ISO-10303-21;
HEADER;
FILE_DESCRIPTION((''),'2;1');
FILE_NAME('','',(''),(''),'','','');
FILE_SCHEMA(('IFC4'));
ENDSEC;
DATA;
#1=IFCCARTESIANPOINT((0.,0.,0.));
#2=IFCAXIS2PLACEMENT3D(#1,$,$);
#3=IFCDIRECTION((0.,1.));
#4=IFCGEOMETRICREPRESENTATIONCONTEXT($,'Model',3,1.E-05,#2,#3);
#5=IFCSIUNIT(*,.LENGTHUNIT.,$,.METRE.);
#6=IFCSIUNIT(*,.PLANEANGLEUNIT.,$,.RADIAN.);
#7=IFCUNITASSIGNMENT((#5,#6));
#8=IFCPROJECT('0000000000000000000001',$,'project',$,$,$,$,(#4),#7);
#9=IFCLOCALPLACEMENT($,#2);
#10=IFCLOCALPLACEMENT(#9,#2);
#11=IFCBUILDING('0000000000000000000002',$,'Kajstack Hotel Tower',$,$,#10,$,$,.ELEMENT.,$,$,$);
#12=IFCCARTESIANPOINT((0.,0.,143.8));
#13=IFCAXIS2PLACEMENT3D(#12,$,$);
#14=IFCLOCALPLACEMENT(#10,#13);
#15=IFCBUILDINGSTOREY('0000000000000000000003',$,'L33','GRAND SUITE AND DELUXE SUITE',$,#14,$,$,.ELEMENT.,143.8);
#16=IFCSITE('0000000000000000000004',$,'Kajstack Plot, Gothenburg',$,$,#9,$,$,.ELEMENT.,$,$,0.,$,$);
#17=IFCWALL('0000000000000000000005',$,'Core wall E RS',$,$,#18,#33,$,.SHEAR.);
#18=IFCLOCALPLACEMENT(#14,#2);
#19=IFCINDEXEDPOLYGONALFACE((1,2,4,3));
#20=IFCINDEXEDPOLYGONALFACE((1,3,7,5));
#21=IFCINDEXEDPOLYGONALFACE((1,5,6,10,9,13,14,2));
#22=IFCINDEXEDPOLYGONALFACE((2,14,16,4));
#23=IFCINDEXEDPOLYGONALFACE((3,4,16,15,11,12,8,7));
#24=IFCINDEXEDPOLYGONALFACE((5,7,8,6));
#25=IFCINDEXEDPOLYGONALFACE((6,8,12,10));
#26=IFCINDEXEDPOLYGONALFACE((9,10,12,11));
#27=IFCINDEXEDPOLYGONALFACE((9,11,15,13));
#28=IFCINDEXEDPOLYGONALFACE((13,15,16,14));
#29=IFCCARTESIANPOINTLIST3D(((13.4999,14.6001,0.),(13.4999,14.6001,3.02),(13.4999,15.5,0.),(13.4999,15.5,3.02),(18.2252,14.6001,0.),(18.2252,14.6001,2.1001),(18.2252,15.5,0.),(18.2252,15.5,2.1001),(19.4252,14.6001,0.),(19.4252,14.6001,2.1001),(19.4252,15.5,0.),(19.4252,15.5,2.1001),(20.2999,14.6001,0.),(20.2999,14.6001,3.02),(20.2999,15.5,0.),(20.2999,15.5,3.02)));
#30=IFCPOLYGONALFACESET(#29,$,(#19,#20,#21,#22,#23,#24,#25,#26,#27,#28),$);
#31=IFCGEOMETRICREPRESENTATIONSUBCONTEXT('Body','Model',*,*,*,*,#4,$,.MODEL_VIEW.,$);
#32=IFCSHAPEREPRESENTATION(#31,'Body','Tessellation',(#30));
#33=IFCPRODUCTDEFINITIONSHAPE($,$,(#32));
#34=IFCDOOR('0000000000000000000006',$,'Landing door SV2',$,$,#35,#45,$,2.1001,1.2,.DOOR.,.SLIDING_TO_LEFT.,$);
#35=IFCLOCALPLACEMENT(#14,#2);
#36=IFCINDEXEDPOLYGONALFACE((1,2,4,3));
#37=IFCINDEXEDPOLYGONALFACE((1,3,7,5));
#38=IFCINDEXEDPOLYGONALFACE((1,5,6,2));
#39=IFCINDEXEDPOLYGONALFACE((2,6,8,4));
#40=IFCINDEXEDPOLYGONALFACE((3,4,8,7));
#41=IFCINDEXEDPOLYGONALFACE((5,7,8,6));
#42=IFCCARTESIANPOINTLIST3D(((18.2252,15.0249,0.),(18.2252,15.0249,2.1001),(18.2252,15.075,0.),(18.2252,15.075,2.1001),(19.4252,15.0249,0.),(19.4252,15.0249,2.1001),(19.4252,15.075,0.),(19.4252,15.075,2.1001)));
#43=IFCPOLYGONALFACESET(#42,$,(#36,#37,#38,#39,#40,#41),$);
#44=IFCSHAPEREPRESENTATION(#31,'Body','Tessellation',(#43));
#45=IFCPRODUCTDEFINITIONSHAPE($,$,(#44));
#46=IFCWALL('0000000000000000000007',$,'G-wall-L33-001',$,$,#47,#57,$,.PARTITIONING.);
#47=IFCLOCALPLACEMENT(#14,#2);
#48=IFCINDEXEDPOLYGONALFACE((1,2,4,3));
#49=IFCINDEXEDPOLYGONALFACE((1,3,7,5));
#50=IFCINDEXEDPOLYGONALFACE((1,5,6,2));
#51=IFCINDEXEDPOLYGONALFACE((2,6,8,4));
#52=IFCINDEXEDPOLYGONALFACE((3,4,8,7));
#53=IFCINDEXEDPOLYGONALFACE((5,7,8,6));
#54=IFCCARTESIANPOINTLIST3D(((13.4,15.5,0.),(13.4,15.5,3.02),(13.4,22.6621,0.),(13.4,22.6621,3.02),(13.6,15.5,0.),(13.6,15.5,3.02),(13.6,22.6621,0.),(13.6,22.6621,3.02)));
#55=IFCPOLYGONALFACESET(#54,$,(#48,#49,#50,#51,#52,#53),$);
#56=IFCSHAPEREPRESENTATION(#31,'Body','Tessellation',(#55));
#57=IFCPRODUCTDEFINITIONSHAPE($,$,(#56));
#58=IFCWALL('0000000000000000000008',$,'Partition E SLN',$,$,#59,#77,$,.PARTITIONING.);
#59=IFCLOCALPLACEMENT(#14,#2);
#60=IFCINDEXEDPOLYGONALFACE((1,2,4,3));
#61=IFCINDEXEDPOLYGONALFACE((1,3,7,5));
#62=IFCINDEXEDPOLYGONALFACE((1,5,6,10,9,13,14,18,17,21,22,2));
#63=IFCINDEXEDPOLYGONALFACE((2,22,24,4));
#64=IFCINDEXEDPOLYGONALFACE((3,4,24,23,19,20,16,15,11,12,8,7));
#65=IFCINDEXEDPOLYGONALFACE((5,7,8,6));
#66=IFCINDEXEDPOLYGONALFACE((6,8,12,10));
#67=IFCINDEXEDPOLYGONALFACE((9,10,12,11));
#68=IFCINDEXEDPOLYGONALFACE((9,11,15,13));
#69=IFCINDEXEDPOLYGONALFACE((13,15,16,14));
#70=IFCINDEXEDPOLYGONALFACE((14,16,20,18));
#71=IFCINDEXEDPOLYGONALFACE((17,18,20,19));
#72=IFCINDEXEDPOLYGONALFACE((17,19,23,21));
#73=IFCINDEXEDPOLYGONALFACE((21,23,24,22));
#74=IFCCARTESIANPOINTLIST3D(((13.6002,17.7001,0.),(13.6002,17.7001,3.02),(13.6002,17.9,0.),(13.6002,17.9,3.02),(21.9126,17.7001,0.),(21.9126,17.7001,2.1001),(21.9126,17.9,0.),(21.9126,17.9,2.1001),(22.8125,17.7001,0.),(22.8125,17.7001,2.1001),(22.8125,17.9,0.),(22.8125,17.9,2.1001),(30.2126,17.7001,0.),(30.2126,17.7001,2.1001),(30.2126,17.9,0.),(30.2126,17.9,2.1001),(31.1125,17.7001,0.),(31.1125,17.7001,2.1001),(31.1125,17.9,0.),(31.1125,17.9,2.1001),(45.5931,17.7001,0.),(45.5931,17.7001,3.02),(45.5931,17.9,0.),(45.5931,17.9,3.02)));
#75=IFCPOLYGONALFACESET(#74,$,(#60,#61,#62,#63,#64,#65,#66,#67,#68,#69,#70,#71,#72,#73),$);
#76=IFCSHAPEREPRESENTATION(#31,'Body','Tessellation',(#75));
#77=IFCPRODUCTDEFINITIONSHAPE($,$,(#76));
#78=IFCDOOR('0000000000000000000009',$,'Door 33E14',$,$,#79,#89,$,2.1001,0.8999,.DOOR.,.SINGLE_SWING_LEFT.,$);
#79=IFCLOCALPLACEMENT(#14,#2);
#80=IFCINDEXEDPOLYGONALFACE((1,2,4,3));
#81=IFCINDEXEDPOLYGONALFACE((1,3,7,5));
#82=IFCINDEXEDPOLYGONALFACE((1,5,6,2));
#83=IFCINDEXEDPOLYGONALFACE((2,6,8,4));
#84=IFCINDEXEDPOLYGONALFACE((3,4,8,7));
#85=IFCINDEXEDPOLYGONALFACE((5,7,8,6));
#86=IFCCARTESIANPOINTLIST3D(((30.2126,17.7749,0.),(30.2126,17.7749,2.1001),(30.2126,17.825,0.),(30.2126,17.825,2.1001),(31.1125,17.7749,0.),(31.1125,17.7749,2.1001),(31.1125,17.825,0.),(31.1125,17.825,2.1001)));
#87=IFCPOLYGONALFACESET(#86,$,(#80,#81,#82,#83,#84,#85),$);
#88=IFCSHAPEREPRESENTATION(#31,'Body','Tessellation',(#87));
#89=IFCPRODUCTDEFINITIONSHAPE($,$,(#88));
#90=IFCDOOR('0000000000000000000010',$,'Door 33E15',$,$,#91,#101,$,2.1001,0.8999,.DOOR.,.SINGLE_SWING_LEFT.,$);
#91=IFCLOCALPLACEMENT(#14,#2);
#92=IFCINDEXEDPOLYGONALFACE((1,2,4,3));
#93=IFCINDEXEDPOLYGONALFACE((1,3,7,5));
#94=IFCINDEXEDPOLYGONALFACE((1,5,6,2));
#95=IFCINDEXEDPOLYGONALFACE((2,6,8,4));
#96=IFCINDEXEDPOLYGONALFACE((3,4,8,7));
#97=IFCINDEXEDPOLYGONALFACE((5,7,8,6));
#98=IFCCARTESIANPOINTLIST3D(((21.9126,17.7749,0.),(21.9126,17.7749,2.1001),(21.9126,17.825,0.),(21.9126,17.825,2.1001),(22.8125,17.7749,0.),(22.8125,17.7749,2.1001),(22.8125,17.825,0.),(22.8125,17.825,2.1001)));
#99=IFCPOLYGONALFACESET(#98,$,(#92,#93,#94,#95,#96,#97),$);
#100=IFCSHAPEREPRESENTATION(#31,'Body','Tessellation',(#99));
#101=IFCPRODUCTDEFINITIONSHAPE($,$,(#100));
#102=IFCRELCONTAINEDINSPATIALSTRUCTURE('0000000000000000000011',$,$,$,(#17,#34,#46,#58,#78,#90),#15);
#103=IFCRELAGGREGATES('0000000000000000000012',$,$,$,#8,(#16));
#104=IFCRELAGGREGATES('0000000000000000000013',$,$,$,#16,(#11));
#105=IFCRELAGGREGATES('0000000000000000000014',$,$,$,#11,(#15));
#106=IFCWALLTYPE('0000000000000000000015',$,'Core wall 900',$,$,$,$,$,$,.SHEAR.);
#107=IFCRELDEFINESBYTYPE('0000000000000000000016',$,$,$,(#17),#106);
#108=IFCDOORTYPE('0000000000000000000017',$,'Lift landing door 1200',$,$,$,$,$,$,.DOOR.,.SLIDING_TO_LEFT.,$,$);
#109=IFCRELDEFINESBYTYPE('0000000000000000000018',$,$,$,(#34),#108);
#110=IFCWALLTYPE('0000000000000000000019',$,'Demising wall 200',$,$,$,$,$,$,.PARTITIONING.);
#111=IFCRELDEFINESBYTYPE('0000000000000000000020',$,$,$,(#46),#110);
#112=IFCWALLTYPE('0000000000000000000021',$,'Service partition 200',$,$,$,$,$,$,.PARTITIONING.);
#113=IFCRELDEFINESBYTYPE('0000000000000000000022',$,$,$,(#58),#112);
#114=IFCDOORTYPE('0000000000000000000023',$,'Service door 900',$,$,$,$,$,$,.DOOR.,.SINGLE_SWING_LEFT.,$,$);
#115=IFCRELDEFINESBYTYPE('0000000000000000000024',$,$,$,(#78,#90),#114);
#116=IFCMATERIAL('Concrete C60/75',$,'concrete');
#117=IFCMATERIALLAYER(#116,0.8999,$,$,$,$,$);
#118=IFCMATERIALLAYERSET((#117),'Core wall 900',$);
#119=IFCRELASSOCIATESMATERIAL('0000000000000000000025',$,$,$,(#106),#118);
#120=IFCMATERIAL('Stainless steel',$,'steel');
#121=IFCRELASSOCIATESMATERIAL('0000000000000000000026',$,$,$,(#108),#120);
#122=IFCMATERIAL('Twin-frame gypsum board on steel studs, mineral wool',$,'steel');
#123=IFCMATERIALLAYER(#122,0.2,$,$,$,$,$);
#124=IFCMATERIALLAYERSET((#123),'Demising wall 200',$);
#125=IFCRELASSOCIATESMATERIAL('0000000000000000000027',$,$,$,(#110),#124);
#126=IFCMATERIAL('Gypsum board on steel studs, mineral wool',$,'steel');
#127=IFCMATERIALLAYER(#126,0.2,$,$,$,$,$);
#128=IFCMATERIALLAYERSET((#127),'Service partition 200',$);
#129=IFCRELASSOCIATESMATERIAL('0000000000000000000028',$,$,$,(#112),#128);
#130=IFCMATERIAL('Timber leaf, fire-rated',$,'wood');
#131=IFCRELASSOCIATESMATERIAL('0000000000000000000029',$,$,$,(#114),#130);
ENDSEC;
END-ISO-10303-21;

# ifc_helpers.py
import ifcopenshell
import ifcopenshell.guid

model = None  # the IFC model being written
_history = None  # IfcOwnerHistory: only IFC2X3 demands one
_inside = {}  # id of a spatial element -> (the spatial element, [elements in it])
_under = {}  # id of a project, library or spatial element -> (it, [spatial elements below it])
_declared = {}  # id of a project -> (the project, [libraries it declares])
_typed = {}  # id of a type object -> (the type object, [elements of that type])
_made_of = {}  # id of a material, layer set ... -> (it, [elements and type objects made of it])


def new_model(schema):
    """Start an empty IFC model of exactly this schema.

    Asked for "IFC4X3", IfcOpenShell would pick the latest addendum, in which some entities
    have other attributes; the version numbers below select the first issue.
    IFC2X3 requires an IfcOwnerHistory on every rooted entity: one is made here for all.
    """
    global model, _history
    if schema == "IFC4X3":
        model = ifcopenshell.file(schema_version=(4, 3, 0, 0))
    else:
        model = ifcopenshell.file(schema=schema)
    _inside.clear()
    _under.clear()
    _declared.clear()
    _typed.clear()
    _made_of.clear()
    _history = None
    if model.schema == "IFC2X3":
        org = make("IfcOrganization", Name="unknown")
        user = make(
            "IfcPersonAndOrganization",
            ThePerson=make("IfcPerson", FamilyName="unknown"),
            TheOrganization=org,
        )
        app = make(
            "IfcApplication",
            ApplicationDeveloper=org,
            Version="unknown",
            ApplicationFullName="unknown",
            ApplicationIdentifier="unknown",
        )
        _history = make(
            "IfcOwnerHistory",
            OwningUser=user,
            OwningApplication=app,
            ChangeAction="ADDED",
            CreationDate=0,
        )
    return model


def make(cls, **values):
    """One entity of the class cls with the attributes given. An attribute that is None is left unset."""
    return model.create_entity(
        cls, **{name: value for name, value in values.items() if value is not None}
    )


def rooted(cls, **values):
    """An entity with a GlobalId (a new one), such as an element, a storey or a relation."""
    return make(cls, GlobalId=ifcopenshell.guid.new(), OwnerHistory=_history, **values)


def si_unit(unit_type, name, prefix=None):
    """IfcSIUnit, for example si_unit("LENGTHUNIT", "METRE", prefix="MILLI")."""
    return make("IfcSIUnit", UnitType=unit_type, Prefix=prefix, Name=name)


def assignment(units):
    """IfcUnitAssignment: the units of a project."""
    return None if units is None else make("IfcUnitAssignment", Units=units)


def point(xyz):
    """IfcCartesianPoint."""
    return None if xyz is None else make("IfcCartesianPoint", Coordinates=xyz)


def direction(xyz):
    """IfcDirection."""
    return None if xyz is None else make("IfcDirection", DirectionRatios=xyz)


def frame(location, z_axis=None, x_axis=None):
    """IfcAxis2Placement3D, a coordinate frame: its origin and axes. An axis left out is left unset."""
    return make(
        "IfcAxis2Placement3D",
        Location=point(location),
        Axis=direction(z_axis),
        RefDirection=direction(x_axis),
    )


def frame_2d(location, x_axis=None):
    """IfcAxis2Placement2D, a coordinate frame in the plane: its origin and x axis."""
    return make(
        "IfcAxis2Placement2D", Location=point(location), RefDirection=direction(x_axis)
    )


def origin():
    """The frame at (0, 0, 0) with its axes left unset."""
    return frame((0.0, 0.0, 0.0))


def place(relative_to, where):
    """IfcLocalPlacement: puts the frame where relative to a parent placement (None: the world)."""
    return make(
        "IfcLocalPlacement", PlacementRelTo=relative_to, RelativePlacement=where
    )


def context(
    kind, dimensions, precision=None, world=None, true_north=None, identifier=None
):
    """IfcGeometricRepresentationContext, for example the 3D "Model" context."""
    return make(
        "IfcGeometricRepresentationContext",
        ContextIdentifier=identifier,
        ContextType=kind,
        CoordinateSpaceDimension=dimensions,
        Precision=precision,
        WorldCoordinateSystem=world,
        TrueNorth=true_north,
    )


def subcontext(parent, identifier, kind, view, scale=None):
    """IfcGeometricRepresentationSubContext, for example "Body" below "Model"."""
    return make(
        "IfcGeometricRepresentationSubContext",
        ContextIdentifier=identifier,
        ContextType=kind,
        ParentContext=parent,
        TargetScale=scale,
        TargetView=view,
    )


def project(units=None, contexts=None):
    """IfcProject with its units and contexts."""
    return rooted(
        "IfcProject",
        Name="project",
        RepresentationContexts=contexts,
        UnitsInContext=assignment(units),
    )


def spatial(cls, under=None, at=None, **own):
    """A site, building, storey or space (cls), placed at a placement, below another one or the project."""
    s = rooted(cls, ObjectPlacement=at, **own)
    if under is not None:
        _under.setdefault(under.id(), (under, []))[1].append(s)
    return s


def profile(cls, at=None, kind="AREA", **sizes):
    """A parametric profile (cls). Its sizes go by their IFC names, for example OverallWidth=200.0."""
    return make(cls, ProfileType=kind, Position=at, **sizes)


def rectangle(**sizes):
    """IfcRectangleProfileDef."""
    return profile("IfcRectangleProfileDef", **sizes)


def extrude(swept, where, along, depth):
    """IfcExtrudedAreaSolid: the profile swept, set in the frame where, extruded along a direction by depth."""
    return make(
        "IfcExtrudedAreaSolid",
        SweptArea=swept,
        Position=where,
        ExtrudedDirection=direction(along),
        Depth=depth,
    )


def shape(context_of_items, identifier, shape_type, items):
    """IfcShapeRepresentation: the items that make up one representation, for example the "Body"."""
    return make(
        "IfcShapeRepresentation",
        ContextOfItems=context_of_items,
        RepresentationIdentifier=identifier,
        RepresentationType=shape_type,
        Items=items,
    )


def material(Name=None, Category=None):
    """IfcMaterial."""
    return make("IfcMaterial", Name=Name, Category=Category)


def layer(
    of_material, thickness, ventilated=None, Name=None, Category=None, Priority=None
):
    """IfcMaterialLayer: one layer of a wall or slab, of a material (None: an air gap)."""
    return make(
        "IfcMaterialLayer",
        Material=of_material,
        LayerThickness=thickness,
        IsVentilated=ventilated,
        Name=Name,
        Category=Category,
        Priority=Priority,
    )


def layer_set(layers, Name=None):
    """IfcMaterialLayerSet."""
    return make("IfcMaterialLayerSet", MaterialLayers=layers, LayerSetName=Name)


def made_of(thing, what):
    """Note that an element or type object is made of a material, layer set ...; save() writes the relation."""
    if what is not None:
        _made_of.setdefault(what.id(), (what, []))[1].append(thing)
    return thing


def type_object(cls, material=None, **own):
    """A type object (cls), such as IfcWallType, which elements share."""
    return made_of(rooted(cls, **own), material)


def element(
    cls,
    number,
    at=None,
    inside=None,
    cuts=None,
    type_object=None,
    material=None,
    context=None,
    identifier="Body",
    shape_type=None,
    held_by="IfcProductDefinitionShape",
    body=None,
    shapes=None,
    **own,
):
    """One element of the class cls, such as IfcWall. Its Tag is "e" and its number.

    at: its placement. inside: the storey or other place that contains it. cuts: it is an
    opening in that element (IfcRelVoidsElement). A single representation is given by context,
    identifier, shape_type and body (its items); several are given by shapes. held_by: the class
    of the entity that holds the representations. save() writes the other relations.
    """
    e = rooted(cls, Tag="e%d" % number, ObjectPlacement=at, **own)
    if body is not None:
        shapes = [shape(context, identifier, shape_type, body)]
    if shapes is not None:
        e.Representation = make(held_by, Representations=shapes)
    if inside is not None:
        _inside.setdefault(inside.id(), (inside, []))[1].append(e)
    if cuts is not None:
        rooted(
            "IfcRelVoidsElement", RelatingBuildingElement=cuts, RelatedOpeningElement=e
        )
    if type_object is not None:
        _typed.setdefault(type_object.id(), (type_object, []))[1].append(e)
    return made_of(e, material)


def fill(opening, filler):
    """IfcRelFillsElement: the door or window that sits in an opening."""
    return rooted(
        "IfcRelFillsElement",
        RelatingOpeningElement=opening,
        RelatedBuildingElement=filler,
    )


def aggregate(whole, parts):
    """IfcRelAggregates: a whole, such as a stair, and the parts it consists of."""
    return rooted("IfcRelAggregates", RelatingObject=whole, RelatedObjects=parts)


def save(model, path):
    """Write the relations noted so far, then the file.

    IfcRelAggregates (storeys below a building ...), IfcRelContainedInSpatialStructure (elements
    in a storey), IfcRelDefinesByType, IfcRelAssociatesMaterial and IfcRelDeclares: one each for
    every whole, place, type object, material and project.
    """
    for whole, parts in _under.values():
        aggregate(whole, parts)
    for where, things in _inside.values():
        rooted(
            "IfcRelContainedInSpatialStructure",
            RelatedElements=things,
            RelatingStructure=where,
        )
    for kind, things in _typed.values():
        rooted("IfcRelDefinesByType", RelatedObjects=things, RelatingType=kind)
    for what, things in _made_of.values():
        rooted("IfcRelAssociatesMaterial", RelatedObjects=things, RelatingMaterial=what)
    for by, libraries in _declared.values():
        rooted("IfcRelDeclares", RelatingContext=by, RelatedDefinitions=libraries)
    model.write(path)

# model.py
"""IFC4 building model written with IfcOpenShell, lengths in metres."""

from ifc_helpers import new_model, si_unit, direction, frame, frame_2d, origin, place, context, subcontext, project, spatial, rectangle, extrude, material, layer, layer_set, type_object, element, fill, save


model = new_model("IFC4")

# Units and contexts
model_context = context("Model", 3, precision=1e-05, world=origin(), true_north=direction((0.0, 1.0)))
body_context = subcontext(model_context, "Body", "Model", "MODEL_VIEW")
ifc_project = project(units=[si_unit("LENGTHUNIT", "METRE"), si_unit("PLANEANGLEUNIT", "RADIAN")], contexts=[model_context])

# Site, building, storey
site_placement = place(None, origin())
site = spatial("IfcSite", under=ifc_project, at=site_placement, Name="Kajstack Plot, Gothenburg", CompositionType="ELEMENT", RefElevation=0.0)
building_placement = place(site_placement, origin())
building = spatial("IfcBuilding", under=site, at=building_placement, Name="Kajstack Hotel Tower", CompositionType="ELEMENT")
storey_placement = place(building_placement, frame((0.0, 0.0, 143.8)))
storey = spatial("IfcBuildingStorey", under=building, at=storey_placement, Name="L33", Description="GRAND SUITE AND DELUXE SUITE", CompositionType="ELEMENT", Elevation=143.8)

# Wall, opening, door
ifc_material_1 = material(Name="Concrete C60/75", Category="concrete")
ifc_layer_1 = layer(ifc_material_1, 0.8999)
ifc_layer_set_1 = layer_set([ifc_layer_1], Name="Core wall 900")
wall_type_1 = type_object("IfcWallType", Name="Core wall 900", PredefinedType="SHEAR", material=ifc_layer_set_1)
wall_1_placement = place(storey_placement, frame((13.5, 15.05, 0.0), z_axis=(0.0, 0.0, 1.0), x_axis=(1.0, 0.0, 0.0)))
wall_1 = element("IfcWall", 1, at=wall_1_placement, inside=storey, type_object=wall_type_1, Name="Core wall E RS", PredefinedType="SHEAR", context=body_context, shape_type="SweptSolid", body=[
    extrude(rectangle(XDim=6.8, YDim=0.8999, at=frame_2d((3.3999, 0.0))), origin(), (0.0, 0.0, 1.0), 3.02),
])
opening_1_placement = place(wall_1_placement, frame((4.7251, 0.0, 0.0)))
opening_1 = element("IfcOpeningElement", 2, at=opening_1_placement, cuts=wall_1, PredefinedType="OPENING", context=body_context, shape_type="SweptSolid", body=[
    extrude(rectangle(XDim=1.2, YDim=2.1001, at=frame_2d((0.6001, 1.05))), frame((0.0, 0.46, 0.0), z_axis=(0.0, -1.0, 0.0), x_axis=(1.0, 0.0, 0.0)), (0.0, 0.0, 1.0), 0.9199),
])
ifc_material_2 = material(Name="Stainless steel", Category="steel")
door_type_1 = type_object("IfcDoorType", Name="Lift landing door 1200", OperationType="SLIDING_TO_LEFT", PredefinedType="DOOR", material=ifc_material_2)
door_1_placement = place(opening_1_placement, origin())
door_1 = element("IfcDoor", 3, at=door_1_placement, inside=storey, type_object=door_type_1, Name="Landing door SV2", OperationType="SLIDING_TO_LEFT", OverallHeight=2.1001, OverallWidth=1.2, PredefinedType="DOOR", context=body_context, shape_type="SweptSolid", body=[
    extrude(rectangle(XDim=1.2, YDim=2.1001, at=frame_2d((0.6001, 1.05))), frame((0.0, 0.0249, 0.0), z_axis=(0.0, -1.0, 0.0), x_axis=(1.0, 0.0, 0.0)), (0.0, 0.0, 1.0), 0.05),
])
fill(opening_1, door_1)

# Wall
ifc_material_3 = material(Name="Twin-frame gypsum board on steel studs, mineral wool", Category="steel")
ifc_layer_2 = layer(ifc_material_3, 0.2)
ifc_layer_set_2 = layer_set([ifc_layer_2], Name="Demising wall 200")
wall_type_2 = type_object("IfcWallType", Name="Demising wall 200", PredefinedType="PARTITIONING", material=ifc_layer_set_2)
wall_2_placement = place(storey_placement, frame((13.5, 15.5, 0.0), z_axis=(0.0, 0.0, 1.0), x_axis=(0.0, 1.0, 0.0)))
element("IfcWall", 4, at=wall_2_placement, inside=storey, type_object=wall_type_2, Name="G-wall-L33-001", PredefinedType="PARTITIONING", context=body_context, shape_type="SweptSolid", body=[
    extrude(rectangle(XDim=7.1621, YDim=0.2, at=frame_2d((3.5811, 0.0))), origin(), (0.0, 0.0, 1.0), 3.02),
])

# Wall, openings, doors
ifc_material_4 = material(Name="Gypsum board on steel studs, mineral wool", Category="steel")
ifc_layer_3 = layer(ifc_material_4, 0.2)
ifc_layer_set_3 = layer_set([ifc_layer_3], Name="Service partition 200")
wall_type_3 = type_object("IfcWallType", Name="Service partition 200", PredefinedType="PARTITIONING", material=ifc_layer_set_3)
wall_3_placement = place(storey_placement, frame((13.6001, 17.8, 0.0), z_axis=(0.0, 0.0, 1.0), x_axis=(1.0, 0.0, 0.0)))
wall_3 = element("IfcWall", 5, at=wall_3_placement, inside=storey, type_object=wall_type_3, Name="Partition E SLN", PredefinedType="PARTITIONING", context=body_context, shape_type="SweptSolid", body=[
    extrude(rectangle(XDim=31.9929, YDim=0.2, at=frame_2d((15.9966, 0.0))), origin(), (0.0, 0.0, 1.0), 3.02),
])
opening_2_placement = place(wall_3_placement, frame((16.6125, 0.0, 0.0)))
opening_2 = element("IfcOpeningElement", 6, at=opening_2_placement, cuts=wall_3, PredefinedType="OPENING", context=body_context, shape_type="SweptSolid", body=[
    extrude(rectangle(XDim=0.8999, YDim=2.1001, at=frame_2d((0.45, 1.05))), frame((0.0, 0.1099, 0.0), z_axis=(0.0, -1.0, 0.0), x_axis=(1.0, 0.0, 0.0)), (0.0, 0.0, 1.0), 0.22),
])
opening_3_placement = place(wall_3_placement, frame((8.3125, 0.0, 0.0)))
opening_3 = element("IfcOpeningElement", 7, at=opening_3_placement, cuts=wall_3, PredefinedType="OPENING", context=body_context, shape_type="SweptSolid", body=[
    extrude(rectangle(XDim=0.8999, YDim=2.1001, at=frame_2d((0.45, 1.05))), frame((0.0, 0.1099, 0.0), z_axis=(0.0, -1.0, 0.0), x_axis=(1.0, 0.0, 0.0)), (0.0, 0.0, 1.0), 0.22),
])
ifc_material_5 = material(Name="Timber leaf, fire-rated", Category="wood")
door_type_2 = type_object("IfcDoorType", Name="Service door 900", OperationType="SINGLE_SWING_LEFT", PredefinedType="DOOR", material=ifc_material_5)
door_2_placement = place(opening_2_placement, origin())
door_2 = element("IfcDoor", 8, at=door_2_placement, inside=storey, type_object=door_type_2, Name="Door 33E14", OperationType="SINGLE_SWING_LEFT", OverallHeight=2.1001, OverallWidth=0.8999, PredefinedType="DOOR", context=body_context, shape_type="SweptSolid", body=[
    extrude(rectangle(XDim=0.8999, YDim=2.1001, at=frame_2d((0.45, 1.05))), frame((0.0, 0.0249, 0.0), z_axis=(0.0, -1.0, 0.0), x_axis=(1.0, 0.0, 0.0)), (0.0, 0.0, 1.0), 0.05),
])
fill(opening_2, door_2)
door_3_placement = place(opening_3_placement, origin())
door_3 = element("IfcDoor", 9, at=door_3_placement, inside=storey, type_object=door_type_2, Name="Door 33E15", OperationType="SINGLE_SWING_LEFT", OverallHeight=2.1001, OverallWidth=0.8999, PredefinedType="DOOR", context=body_context, shape_type="SweptSolid", body=[
    extrude(rectangle(XDim=0.8999, YDim=2.1001, at=frame_2d((0.45, 1.05))), frame((0.0, 0.0249, 0.0), z_axis=(0.0, -1.0, 0.0), x_axis=(1.0, 0.0, 0.0)), (0.0, 0.0, 1.0), 0.05),
])
fill(opening_3, door_3)

save(model, "model.ifc")
